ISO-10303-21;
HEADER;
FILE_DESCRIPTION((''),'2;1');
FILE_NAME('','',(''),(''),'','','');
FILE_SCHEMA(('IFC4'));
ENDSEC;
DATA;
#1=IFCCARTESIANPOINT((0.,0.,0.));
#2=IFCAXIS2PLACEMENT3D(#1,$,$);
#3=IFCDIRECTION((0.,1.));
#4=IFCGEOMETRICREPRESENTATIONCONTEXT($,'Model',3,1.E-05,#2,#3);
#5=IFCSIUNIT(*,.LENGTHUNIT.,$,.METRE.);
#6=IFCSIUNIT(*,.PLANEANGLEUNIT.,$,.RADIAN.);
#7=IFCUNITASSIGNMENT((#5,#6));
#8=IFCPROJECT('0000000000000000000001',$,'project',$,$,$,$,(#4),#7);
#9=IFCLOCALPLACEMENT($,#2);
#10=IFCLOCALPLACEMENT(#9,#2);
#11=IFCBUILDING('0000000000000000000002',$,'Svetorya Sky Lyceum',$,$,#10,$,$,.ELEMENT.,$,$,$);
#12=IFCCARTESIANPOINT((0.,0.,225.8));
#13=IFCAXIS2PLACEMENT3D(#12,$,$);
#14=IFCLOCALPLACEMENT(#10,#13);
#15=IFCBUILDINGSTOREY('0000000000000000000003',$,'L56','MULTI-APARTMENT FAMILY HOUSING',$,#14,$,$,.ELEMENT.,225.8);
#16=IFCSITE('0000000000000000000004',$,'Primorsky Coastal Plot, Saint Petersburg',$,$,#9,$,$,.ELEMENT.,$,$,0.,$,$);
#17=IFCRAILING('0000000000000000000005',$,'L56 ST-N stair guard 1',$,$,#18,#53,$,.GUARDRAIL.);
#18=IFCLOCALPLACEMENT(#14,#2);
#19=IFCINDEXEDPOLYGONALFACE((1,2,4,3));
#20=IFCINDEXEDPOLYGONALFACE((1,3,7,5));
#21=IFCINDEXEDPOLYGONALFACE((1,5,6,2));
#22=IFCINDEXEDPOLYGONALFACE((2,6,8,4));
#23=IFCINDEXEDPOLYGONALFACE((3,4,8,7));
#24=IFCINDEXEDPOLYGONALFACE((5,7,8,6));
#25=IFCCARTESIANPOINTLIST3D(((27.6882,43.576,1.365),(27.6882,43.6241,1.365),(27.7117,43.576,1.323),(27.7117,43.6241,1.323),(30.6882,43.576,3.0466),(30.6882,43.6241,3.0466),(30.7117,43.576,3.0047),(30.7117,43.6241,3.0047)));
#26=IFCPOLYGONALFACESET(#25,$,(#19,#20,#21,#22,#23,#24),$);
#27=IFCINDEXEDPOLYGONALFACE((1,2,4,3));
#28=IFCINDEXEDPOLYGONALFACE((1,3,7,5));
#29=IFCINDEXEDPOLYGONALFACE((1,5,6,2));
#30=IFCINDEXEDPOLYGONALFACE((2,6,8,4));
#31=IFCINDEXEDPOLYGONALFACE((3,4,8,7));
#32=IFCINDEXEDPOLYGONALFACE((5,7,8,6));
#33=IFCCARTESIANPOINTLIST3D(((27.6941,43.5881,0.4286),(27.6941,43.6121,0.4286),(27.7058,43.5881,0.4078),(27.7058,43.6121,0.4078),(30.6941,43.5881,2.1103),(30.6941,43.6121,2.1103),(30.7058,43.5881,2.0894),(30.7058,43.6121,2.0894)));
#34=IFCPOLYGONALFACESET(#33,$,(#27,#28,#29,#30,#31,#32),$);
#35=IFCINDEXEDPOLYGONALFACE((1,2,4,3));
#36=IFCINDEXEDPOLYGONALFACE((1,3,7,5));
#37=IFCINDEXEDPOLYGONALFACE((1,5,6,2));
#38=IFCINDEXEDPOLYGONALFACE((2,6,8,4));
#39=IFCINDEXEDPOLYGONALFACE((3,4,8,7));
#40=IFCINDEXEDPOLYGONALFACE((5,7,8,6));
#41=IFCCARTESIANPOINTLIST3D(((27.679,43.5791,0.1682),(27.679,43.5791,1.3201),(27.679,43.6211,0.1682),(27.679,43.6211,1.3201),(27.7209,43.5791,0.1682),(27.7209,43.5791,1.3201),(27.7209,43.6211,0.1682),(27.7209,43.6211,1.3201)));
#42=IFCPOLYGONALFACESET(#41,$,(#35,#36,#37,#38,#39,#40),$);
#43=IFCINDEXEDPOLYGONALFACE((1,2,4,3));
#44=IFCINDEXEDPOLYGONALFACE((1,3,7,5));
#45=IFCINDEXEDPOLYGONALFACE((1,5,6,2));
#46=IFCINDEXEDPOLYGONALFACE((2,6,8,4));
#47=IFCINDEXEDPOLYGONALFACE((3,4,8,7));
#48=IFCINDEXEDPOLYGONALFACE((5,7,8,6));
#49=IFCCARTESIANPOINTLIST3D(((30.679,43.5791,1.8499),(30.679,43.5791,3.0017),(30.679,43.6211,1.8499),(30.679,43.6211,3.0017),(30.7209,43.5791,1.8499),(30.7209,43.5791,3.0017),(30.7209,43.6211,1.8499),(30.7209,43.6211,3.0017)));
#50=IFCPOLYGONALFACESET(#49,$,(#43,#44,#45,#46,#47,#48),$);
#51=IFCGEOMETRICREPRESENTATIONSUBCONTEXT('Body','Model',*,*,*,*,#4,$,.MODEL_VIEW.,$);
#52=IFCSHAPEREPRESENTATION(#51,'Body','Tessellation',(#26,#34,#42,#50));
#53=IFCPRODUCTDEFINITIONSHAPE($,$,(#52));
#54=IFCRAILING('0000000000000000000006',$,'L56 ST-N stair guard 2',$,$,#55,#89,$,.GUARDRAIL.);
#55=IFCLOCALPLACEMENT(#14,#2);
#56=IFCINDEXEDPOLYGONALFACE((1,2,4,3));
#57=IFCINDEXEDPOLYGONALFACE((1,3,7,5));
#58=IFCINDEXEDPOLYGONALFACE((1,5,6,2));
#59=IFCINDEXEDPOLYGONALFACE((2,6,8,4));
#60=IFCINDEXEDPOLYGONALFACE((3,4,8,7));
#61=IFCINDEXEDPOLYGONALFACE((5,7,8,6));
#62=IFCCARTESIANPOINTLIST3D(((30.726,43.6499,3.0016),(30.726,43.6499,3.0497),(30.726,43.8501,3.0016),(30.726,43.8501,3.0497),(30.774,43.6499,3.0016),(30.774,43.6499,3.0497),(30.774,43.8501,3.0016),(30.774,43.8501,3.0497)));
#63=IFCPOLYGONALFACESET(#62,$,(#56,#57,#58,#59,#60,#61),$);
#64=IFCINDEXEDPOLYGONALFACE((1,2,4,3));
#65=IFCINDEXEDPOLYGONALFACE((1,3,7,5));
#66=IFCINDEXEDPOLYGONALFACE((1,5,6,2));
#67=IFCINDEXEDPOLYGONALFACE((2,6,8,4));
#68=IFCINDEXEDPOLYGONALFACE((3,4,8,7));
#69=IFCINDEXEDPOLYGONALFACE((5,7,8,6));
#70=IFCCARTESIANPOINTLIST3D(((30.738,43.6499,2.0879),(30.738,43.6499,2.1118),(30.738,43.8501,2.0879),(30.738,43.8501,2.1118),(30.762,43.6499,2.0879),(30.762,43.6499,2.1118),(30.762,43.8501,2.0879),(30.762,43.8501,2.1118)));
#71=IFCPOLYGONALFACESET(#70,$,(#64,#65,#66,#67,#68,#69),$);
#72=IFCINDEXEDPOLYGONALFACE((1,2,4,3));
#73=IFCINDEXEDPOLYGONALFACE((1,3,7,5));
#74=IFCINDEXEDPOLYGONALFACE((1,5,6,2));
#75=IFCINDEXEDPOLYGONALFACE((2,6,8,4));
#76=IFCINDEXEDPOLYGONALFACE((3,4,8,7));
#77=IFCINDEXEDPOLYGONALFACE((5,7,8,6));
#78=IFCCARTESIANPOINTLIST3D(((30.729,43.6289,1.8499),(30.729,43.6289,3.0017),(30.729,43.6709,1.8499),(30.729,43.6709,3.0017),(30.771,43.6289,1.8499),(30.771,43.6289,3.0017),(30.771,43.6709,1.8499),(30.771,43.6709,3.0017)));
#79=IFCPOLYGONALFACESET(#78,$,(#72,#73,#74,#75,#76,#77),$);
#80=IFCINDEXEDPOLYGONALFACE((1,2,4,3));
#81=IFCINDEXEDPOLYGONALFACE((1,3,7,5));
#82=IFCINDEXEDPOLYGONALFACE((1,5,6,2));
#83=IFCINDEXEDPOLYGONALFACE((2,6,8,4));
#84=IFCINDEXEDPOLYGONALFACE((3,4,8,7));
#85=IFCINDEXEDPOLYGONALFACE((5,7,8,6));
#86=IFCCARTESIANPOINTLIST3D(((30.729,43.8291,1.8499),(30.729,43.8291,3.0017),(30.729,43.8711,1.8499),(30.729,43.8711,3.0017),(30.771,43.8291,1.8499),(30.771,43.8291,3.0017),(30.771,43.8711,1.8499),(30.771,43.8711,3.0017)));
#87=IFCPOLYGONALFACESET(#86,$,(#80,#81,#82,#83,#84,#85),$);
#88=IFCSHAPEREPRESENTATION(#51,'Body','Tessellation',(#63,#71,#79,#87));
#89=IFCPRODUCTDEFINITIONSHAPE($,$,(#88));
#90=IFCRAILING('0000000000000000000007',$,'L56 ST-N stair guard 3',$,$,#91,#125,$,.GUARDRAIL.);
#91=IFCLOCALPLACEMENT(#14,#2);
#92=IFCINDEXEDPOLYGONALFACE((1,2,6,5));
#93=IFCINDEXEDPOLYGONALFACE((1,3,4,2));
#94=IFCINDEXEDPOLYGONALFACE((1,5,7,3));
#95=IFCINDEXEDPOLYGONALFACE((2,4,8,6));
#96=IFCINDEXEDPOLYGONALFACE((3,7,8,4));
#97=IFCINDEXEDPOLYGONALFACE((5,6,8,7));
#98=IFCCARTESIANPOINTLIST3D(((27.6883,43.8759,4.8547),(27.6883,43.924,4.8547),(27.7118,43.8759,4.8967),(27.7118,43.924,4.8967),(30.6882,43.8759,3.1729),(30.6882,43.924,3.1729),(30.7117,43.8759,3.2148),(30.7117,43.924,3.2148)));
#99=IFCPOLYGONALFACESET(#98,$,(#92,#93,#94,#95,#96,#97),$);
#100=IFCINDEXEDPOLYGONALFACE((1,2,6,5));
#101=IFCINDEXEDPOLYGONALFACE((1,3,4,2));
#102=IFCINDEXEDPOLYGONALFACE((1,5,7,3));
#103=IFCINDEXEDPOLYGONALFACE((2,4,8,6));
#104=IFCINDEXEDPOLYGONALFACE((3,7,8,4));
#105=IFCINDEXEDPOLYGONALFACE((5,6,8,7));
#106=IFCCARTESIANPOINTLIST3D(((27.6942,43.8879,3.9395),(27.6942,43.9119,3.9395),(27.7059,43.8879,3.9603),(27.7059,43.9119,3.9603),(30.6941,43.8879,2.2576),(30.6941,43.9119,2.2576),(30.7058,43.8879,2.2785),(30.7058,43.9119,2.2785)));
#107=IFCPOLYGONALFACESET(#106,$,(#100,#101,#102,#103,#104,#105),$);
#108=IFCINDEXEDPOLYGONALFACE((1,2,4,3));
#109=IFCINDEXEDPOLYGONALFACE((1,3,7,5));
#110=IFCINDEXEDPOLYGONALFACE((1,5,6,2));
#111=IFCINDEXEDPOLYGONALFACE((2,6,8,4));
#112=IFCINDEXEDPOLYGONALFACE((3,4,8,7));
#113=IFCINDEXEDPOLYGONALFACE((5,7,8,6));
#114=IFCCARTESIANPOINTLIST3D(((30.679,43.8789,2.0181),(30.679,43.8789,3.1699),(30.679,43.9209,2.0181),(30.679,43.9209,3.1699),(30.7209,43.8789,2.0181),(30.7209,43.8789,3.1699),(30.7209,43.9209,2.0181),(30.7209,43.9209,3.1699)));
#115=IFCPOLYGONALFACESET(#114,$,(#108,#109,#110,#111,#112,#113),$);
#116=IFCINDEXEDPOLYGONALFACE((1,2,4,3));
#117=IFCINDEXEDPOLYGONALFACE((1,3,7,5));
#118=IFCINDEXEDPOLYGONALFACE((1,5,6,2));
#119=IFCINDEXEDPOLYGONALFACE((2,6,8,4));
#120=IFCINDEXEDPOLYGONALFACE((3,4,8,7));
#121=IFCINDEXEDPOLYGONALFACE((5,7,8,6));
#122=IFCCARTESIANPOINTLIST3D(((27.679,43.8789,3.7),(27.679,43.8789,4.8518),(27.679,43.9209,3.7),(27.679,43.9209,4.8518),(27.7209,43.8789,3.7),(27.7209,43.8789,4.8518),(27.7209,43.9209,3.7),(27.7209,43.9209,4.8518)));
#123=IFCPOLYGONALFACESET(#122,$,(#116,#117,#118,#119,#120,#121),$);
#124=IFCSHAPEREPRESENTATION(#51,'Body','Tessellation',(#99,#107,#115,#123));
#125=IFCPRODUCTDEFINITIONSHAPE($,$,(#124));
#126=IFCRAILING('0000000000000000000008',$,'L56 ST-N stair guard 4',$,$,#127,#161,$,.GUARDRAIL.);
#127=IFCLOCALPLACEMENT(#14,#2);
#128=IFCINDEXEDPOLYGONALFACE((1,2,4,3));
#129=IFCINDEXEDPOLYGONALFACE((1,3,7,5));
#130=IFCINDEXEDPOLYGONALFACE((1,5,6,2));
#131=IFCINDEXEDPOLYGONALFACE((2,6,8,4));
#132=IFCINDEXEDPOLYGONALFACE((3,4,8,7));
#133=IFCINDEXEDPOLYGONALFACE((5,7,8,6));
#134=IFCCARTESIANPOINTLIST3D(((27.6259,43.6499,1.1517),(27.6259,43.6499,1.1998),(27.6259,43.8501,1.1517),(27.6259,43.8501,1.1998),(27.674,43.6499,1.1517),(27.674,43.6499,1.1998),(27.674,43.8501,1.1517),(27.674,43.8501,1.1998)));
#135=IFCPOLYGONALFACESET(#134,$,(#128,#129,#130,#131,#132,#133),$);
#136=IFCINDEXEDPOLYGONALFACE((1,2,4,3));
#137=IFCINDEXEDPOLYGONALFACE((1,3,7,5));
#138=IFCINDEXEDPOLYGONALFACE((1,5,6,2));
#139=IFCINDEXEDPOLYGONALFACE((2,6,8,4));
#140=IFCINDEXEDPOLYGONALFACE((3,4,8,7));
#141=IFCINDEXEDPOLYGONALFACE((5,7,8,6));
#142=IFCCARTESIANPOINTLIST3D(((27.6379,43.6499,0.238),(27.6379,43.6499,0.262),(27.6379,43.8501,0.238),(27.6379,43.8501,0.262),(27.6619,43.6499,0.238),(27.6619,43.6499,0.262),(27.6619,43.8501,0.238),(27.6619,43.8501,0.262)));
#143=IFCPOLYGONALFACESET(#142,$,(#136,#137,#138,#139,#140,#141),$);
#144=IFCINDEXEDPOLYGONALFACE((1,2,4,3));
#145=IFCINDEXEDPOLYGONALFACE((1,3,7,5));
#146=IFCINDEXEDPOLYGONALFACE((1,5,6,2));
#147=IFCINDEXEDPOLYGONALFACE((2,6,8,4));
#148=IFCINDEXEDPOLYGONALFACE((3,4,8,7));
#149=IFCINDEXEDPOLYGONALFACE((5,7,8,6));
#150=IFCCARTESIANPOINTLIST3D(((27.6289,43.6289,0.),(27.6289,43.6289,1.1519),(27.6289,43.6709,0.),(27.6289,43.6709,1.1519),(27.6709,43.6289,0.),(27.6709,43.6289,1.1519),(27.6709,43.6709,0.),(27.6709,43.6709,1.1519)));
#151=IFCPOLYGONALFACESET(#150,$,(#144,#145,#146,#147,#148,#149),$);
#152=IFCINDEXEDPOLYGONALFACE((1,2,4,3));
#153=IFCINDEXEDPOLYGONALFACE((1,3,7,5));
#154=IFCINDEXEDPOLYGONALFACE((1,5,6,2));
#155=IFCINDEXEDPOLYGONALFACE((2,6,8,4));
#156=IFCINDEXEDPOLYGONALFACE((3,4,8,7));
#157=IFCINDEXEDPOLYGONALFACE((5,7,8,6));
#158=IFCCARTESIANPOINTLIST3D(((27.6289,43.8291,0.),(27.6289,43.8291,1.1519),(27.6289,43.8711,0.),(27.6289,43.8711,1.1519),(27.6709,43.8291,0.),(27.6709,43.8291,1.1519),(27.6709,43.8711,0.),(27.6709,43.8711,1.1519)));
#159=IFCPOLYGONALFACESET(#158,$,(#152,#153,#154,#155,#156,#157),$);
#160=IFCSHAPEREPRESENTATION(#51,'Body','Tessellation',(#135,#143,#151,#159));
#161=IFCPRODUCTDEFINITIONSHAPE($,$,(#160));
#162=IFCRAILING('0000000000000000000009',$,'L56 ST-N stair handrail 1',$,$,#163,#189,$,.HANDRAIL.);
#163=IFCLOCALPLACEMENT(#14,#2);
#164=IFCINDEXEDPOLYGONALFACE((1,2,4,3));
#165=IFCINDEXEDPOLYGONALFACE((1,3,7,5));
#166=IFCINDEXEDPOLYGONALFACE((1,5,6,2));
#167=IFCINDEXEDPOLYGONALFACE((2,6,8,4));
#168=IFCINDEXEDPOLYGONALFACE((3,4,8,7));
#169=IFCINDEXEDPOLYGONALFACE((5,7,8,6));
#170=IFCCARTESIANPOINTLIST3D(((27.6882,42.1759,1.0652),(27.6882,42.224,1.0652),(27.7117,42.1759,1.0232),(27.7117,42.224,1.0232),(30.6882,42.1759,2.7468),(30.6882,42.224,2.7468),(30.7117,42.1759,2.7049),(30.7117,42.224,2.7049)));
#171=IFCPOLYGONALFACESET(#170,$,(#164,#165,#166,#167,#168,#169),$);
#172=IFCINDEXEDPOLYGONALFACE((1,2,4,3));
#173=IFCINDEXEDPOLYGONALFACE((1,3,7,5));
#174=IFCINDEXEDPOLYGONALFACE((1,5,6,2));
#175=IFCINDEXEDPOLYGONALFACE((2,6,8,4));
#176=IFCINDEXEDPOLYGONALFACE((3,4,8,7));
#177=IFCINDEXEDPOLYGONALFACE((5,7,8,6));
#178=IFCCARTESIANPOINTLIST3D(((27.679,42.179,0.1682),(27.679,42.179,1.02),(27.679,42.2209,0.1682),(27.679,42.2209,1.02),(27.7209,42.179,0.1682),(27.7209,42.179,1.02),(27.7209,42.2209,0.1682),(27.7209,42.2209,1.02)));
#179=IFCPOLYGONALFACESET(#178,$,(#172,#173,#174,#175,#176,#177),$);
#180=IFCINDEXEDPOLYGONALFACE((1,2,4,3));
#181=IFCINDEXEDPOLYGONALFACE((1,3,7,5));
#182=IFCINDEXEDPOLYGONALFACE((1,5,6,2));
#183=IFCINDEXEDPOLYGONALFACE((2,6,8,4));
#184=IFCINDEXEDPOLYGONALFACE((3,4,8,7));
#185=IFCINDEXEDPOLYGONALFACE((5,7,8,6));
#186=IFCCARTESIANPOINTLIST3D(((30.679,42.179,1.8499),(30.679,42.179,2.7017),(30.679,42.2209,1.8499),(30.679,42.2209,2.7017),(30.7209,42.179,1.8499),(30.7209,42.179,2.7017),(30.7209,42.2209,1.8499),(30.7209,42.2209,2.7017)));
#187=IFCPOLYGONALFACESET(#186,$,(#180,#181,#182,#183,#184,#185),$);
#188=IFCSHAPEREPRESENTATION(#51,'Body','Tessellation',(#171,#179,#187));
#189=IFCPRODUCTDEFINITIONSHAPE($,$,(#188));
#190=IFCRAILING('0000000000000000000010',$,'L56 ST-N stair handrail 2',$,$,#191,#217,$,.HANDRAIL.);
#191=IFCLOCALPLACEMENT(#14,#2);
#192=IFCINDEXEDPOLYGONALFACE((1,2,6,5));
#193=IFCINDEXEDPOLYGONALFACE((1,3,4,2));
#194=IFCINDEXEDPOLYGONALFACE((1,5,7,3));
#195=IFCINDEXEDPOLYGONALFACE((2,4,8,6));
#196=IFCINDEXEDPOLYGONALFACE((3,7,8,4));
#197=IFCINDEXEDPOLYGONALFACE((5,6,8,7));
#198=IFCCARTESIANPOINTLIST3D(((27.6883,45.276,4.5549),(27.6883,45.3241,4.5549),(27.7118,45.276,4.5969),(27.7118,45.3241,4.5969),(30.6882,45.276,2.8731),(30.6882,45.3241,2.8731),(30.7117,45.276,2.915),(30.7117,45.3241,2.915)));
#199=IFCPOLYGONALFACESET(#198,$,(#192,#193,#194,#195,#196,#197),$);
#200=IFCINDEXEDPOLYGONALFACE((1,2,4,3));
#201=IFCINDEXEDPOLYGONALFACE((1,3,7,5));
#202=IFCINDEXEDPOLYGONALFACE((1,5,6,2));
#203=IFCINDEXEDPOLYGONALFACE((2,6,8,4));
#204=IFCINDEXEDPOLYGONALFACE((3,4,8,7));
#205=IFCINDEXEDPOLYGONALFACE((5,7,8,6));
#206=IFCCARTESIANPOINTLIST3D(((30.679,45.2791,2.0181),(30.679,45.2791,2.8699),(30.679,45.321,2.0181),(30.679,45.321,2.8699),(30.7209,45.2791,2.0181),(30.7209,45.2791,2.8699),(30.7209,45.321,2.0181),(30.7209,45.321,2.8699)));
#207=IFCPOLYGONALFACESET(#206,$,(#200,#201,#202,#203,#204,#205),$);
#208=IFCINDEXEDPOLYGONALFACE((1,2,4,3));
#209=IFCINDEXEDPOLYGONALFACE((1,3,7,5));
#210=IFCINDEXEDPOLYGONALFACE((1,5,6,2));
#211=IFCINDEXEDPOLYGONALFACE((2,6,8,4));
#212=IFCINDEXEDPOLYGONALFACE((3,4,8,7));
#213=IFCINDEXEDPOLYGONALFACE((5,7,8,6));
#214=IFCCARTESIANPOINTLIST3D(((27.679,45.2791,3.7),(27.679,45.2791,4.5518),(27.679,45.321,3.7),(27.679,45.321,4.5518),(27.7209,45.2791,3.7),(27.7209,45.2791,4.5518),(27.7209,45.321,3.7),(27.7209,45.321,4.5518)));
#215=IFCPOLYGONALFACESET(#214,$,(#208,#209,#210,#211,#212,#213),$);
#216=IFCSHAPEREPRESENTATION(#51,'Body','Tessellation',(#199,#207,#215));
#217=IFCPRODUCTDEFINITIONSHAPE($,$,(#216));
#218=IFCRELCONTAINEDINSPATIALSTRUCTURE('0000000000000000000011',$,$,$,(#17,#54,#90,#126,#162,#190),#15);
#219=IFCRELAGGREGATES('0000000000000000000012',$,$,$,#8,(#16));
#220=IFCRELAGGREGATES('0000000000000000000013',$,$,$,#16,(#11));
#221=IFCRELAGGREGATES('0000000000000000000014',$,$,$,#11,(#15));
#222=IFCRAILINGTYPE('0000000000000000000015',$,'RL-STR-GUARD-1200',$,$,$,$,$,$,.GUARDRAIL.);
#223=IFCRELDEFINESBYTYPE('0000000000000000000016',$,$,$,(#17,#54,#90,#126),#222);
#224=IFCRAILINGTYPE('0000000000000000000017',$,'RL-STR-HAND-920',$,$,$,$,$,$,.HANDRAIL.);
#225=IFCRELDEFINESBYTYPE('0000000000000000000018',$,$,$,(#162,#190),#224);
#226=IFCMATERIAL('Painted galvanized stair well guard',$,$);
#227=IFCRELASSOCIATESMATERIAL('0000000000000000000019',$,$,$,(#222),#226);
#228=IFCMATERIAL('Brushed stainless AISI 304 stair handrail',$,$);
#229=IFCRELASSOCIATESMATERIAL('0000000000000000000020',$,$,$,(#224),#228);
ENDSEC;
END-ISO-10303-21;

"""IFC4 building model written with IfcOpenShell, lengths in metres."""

from ifc_helpers import new_model, si_unit, direction, frame, origin, origin_2d, place, context, subcontext, project, spatial, rectangle, extrude, material, type_object, element, save


model = new_model("IFC4")

# Units and contexts
model_context = context("Model", 3, precision=1e-05, world=origin(), true_north=direction((0.0, 1.0)))
body_context = subcontext(model_context, "Body", "Model", "MODEL_VIEW")
ifc_project = project(units=[si_unit("LENGTHUNIT", "METRE"), si_unit("PLANEANGLEUNIT", "RADIAN")], contexts=[model_context])

# Site, building, storey
site_placement = place(None, origin())
site = spatial("IfcSite", under=ifc_project, at=site_placement, Name="Primorsky Coastal Plot, Saint Petersburg", CompositionType="ELEMENT", RefElevation=0.0)
building_placement = place(site_placement, origin())
building = spatial("IfcBuilding", under=site, at=building_placement, Name="Svetorya Sky Lyceum", CompositionType="ELEMENT")
storey_placement = place(building_placement, frame((0.0, 0.0, 225.8)))
storey = spatial("IfcBuildingStorey", under=building, at=storey_placement, Name="L56", Description="MULTI-APARTMENT FAMILY HOUSING", CompositionType="ELEMENT", Elevation=225.8)

# Railings
ifc_material_1 = material(Name="Painted galvanized stair well guard")
railing_type_1 = type_object("IfcRailingType", Name="RL-STR-GUARD-1200", PredefinedType="GUARDRAIL", material=ifc_material_1)
railing_1_placement = place(storey_placement, frame((27.7, 43.6001, 0.1682)))
element("IfcRailing", 1, at=railing_1_placement, inside=storey, type_object=railing_type_1, Name="L56 ST-N stair guard 1", PredefinedType="GUARDRAIL", context=body_context, shape_type="SweptSolid", body=[
    extrude(rectangle(XDim=0.0481, YDim=0.0481, at=origin_2d()), frame((0.0, 0.0, 1.1758), z_axis=(0.872303, 0.0, 0.488966), x_axis=(0.0, 1.0, 0.0)), (0.0, 0.0, 1.0), 3.4392),
    extrude(rectangle(XDim=0.0239, YDim=0.0239, at=origin_2d()), frame((0.0, 0.0, 0.25), z_axis=(0.872303, 0.0, 0.488966), x_axis=(0.0, 1.0, 0.0)), (0.0, 0.0, 1.0), 3.4392),
    extrude(rectangle(XDim=0.042, YDim=0.042, at=origin_2d()), origin(), (0.0, 0.0, 1.0), 1.1519),
    extrude(rectangle(XDim=0.042, YDim=0.042, at=origin_2d()), frame((3.0, 0.0, 1.6816)), (0.0, 0.0, 1.0), 1.1519),
])
railing_2_placement = place(storey_placement, frame((30.75, 43.6499, 1.8499)))
element("IfcRailing", 2, at=railing_2_placement, inside=storey, type_object=railing_type_1, Name="L56 ST-N stair guard 2", PredefinedType="GUARDRAIL", context=body_context, shape_type="SweptSolid", body=[
    extrude(rectangle(XDim=0.0481, YDim=0.0481, at=origin_2d()), frame((0.0, 0.0, 1.1758), z_axis=(0.0, 1.0, 0.0), x_axis=(-1.0, 0.0, 0.0)), (0.0, 0.0, 1.0), 0.2002),
    extrude(rectangle(XDim=0.0239, YDim=0.0239, at=origin_2d()), frame((0.0, 0.0, 0.25), z_axis=(0.0, 1.0, 0.0), x_axis=(-1.0, 0.0, 0.0)), (0.0, 0.0, 1.0), 0.2002),
    extrude(rectangle(XDim=0.042, YDim=0.042, at=origin_2d()), origin(), (0.0, 0.0, 1.0), 1.1519),
    extrude(rectangle(XDim=0.042, YDim=0.042, at=origin_2d()), frame((0.0, 0.2002, 0.0)), (0.0, 0.0, 1.0), 1.1519),
])
railing_3_placement = place(storey_placement, frame((30.7, 43.8999, 2.0181)))
element("IfcRailing", 3, at=railing_3_placement, inside=storey, type_object=railing_type_1, Name="L56 ST-N stair guard 3", PredefinedType="GUARDRAIL", context=body_context, shape_type="SweptSolid", body=[
    extrude(rectangle(XDim=0.0481, YDim=0.0481, at=origin_2d()), frame((0.0, 0.0, 1.1758), z_axis=(-0.872272, 0.0, 0.48902), x_axis=(0.0, -1.0, 0.0)), (0.0, 0.0, 1.0), 3.4392),
    extrude(rectangle(XDim=0.0239, YDim=0.0239, at=origin_2d()), frame((0.0, 0.0, 0.25), z_axis=(-0.872272, 0.0, 0.48902), x_axis=(0.0, -1.0, 0.0)), (0.0, 0.0, 1.0), 3.4392),
    extrude(rectangle(XDim=0.042, YDim=0.042, at=origin_2d()), origin(), (0.0, 0.0, 1.0), 1.1519),
    extrude(rectangle(XDim=0.042, YDim=0.042, at=origin_2d()), frame((-3.0, 0.0, 1.6819)), (0.0, 0.0, 1.0), 1.1519),
])
railing_4_placement = place(storey_placement, frame((27.6499, 43.6499, 0.0)))
element("IfcRailing", 4, at=railing_4_placement, inside=storey, type_object=railing_type_1, Name="L56 ST-N stair guard 4", PredefinedType="GUARDRAIL", context=body_context, shape_type="SweptSolid", body=[
    extrude(rectangle(XDim=0.0481, YDim=0.0481, at=origin_2d()), frame((0.0, 0.0, 1.1758), z_axis=(0.0, 1.0, 0.0), x_axis=(-1.0, 0.0, 0.0)), (0.0, 0.0, 1.0), 0.2002),
    extrude(rectangle(XDim=0.0239, YDim=0.0239, at=origin_2d()), frame((0.0, 0.0, 0.25), z_axis=(0.0, 1.0, 0.0), x_axis=(-1.0, 0.0, 0.0)), (0.0, 0.0, 1.0), 0.2002),
    extrude(rectangle(XDim=0.042, YDim=0.042, at=origin_2d()), origin(), (0.0, 0.0, 1.0), 1.1519),
    extrude(rectangle(XDim=0.042, YDim=0.042, at=origin_2d()), frame((0.0, 0.2002, 0.0)), (0.0, 0.0, 1.0), 1.1519),
])
ifc_material_2 = material(Name="Brushed stainless AISI 304 stair handrail")
railing_type_2 = type_object("IfcRailingType", Name="RL-STR-HAND-920", PredefinedType="HANDRAIL", material=ifc_material_2)
railing_5_placement = place(storey_placement, frame((27.7, 42.2, 0.1682)))
element("IfcRailing", 5, at=railing_5_placement, inside=storey, type_object=railing_type_2, Name="L56 ST-N stair handrail 1", PredefinedType="HANDRAIL", context=body_context, shape_type="SweptSolid", body=[
    extrude(rectangle(XDim=0.0481, YDim=0.0481, at=origin_2d()), frame((0.0, 0.0, 0.876), z_axis=(0.872303, 0.0, 0.488966), x_axis=(0.0, 1.0, 0.0)), (0.0, 0.0, 1.0), 3.4392),
    extrude(rectangle(XDim=0.042, YDim=0.042, at=origin_2d()), origin(), (0.0, 0.0, 1.0), 0.8518),
    extrude(rectangle(XDim=0.042, YDim=0.042, at=origin_2d()), frame((3.0, 0.0, 1.6816)), (0.0, 0.0, 1.0), 0.8518),
])
railing_6_placement = place(storey_placement, frame((30.7, 45.3, 2.0181)))
element("IfcRailing", 6, at=railing_6_placement, inside=storey, type_object=railing_type_2, Name="L56 ST-N stair handrail 2", PredefinedType="HANDRAIL", context=body_context, shape_type="SweptSolid", body=[
    extrude(rectangle(XDim=0.0481, YDim=0.0481, at=origin_2d()), frame((0.0, 0.0, 0.876), z_axis=(-0.872272, 0.0, 0.48902), x_axis=(0.0, -1.0, 0.0)), (0.0, 0.0, 1.0), 3.4392),
    extrude(rectangle(XDim=0.042, YDim=0.042, at=origin_2d()), origin(), (0.0, 0.0, 1.0), 0.8518),
    extrude(rectangle(XDim=0.042, YDim=0.042, at=origin_2d()), frame((-3.0, 0.0, 1.6819)), (0.0, 0.0, 1.0), 0.8518),
])

save(model, "model.ifc")
